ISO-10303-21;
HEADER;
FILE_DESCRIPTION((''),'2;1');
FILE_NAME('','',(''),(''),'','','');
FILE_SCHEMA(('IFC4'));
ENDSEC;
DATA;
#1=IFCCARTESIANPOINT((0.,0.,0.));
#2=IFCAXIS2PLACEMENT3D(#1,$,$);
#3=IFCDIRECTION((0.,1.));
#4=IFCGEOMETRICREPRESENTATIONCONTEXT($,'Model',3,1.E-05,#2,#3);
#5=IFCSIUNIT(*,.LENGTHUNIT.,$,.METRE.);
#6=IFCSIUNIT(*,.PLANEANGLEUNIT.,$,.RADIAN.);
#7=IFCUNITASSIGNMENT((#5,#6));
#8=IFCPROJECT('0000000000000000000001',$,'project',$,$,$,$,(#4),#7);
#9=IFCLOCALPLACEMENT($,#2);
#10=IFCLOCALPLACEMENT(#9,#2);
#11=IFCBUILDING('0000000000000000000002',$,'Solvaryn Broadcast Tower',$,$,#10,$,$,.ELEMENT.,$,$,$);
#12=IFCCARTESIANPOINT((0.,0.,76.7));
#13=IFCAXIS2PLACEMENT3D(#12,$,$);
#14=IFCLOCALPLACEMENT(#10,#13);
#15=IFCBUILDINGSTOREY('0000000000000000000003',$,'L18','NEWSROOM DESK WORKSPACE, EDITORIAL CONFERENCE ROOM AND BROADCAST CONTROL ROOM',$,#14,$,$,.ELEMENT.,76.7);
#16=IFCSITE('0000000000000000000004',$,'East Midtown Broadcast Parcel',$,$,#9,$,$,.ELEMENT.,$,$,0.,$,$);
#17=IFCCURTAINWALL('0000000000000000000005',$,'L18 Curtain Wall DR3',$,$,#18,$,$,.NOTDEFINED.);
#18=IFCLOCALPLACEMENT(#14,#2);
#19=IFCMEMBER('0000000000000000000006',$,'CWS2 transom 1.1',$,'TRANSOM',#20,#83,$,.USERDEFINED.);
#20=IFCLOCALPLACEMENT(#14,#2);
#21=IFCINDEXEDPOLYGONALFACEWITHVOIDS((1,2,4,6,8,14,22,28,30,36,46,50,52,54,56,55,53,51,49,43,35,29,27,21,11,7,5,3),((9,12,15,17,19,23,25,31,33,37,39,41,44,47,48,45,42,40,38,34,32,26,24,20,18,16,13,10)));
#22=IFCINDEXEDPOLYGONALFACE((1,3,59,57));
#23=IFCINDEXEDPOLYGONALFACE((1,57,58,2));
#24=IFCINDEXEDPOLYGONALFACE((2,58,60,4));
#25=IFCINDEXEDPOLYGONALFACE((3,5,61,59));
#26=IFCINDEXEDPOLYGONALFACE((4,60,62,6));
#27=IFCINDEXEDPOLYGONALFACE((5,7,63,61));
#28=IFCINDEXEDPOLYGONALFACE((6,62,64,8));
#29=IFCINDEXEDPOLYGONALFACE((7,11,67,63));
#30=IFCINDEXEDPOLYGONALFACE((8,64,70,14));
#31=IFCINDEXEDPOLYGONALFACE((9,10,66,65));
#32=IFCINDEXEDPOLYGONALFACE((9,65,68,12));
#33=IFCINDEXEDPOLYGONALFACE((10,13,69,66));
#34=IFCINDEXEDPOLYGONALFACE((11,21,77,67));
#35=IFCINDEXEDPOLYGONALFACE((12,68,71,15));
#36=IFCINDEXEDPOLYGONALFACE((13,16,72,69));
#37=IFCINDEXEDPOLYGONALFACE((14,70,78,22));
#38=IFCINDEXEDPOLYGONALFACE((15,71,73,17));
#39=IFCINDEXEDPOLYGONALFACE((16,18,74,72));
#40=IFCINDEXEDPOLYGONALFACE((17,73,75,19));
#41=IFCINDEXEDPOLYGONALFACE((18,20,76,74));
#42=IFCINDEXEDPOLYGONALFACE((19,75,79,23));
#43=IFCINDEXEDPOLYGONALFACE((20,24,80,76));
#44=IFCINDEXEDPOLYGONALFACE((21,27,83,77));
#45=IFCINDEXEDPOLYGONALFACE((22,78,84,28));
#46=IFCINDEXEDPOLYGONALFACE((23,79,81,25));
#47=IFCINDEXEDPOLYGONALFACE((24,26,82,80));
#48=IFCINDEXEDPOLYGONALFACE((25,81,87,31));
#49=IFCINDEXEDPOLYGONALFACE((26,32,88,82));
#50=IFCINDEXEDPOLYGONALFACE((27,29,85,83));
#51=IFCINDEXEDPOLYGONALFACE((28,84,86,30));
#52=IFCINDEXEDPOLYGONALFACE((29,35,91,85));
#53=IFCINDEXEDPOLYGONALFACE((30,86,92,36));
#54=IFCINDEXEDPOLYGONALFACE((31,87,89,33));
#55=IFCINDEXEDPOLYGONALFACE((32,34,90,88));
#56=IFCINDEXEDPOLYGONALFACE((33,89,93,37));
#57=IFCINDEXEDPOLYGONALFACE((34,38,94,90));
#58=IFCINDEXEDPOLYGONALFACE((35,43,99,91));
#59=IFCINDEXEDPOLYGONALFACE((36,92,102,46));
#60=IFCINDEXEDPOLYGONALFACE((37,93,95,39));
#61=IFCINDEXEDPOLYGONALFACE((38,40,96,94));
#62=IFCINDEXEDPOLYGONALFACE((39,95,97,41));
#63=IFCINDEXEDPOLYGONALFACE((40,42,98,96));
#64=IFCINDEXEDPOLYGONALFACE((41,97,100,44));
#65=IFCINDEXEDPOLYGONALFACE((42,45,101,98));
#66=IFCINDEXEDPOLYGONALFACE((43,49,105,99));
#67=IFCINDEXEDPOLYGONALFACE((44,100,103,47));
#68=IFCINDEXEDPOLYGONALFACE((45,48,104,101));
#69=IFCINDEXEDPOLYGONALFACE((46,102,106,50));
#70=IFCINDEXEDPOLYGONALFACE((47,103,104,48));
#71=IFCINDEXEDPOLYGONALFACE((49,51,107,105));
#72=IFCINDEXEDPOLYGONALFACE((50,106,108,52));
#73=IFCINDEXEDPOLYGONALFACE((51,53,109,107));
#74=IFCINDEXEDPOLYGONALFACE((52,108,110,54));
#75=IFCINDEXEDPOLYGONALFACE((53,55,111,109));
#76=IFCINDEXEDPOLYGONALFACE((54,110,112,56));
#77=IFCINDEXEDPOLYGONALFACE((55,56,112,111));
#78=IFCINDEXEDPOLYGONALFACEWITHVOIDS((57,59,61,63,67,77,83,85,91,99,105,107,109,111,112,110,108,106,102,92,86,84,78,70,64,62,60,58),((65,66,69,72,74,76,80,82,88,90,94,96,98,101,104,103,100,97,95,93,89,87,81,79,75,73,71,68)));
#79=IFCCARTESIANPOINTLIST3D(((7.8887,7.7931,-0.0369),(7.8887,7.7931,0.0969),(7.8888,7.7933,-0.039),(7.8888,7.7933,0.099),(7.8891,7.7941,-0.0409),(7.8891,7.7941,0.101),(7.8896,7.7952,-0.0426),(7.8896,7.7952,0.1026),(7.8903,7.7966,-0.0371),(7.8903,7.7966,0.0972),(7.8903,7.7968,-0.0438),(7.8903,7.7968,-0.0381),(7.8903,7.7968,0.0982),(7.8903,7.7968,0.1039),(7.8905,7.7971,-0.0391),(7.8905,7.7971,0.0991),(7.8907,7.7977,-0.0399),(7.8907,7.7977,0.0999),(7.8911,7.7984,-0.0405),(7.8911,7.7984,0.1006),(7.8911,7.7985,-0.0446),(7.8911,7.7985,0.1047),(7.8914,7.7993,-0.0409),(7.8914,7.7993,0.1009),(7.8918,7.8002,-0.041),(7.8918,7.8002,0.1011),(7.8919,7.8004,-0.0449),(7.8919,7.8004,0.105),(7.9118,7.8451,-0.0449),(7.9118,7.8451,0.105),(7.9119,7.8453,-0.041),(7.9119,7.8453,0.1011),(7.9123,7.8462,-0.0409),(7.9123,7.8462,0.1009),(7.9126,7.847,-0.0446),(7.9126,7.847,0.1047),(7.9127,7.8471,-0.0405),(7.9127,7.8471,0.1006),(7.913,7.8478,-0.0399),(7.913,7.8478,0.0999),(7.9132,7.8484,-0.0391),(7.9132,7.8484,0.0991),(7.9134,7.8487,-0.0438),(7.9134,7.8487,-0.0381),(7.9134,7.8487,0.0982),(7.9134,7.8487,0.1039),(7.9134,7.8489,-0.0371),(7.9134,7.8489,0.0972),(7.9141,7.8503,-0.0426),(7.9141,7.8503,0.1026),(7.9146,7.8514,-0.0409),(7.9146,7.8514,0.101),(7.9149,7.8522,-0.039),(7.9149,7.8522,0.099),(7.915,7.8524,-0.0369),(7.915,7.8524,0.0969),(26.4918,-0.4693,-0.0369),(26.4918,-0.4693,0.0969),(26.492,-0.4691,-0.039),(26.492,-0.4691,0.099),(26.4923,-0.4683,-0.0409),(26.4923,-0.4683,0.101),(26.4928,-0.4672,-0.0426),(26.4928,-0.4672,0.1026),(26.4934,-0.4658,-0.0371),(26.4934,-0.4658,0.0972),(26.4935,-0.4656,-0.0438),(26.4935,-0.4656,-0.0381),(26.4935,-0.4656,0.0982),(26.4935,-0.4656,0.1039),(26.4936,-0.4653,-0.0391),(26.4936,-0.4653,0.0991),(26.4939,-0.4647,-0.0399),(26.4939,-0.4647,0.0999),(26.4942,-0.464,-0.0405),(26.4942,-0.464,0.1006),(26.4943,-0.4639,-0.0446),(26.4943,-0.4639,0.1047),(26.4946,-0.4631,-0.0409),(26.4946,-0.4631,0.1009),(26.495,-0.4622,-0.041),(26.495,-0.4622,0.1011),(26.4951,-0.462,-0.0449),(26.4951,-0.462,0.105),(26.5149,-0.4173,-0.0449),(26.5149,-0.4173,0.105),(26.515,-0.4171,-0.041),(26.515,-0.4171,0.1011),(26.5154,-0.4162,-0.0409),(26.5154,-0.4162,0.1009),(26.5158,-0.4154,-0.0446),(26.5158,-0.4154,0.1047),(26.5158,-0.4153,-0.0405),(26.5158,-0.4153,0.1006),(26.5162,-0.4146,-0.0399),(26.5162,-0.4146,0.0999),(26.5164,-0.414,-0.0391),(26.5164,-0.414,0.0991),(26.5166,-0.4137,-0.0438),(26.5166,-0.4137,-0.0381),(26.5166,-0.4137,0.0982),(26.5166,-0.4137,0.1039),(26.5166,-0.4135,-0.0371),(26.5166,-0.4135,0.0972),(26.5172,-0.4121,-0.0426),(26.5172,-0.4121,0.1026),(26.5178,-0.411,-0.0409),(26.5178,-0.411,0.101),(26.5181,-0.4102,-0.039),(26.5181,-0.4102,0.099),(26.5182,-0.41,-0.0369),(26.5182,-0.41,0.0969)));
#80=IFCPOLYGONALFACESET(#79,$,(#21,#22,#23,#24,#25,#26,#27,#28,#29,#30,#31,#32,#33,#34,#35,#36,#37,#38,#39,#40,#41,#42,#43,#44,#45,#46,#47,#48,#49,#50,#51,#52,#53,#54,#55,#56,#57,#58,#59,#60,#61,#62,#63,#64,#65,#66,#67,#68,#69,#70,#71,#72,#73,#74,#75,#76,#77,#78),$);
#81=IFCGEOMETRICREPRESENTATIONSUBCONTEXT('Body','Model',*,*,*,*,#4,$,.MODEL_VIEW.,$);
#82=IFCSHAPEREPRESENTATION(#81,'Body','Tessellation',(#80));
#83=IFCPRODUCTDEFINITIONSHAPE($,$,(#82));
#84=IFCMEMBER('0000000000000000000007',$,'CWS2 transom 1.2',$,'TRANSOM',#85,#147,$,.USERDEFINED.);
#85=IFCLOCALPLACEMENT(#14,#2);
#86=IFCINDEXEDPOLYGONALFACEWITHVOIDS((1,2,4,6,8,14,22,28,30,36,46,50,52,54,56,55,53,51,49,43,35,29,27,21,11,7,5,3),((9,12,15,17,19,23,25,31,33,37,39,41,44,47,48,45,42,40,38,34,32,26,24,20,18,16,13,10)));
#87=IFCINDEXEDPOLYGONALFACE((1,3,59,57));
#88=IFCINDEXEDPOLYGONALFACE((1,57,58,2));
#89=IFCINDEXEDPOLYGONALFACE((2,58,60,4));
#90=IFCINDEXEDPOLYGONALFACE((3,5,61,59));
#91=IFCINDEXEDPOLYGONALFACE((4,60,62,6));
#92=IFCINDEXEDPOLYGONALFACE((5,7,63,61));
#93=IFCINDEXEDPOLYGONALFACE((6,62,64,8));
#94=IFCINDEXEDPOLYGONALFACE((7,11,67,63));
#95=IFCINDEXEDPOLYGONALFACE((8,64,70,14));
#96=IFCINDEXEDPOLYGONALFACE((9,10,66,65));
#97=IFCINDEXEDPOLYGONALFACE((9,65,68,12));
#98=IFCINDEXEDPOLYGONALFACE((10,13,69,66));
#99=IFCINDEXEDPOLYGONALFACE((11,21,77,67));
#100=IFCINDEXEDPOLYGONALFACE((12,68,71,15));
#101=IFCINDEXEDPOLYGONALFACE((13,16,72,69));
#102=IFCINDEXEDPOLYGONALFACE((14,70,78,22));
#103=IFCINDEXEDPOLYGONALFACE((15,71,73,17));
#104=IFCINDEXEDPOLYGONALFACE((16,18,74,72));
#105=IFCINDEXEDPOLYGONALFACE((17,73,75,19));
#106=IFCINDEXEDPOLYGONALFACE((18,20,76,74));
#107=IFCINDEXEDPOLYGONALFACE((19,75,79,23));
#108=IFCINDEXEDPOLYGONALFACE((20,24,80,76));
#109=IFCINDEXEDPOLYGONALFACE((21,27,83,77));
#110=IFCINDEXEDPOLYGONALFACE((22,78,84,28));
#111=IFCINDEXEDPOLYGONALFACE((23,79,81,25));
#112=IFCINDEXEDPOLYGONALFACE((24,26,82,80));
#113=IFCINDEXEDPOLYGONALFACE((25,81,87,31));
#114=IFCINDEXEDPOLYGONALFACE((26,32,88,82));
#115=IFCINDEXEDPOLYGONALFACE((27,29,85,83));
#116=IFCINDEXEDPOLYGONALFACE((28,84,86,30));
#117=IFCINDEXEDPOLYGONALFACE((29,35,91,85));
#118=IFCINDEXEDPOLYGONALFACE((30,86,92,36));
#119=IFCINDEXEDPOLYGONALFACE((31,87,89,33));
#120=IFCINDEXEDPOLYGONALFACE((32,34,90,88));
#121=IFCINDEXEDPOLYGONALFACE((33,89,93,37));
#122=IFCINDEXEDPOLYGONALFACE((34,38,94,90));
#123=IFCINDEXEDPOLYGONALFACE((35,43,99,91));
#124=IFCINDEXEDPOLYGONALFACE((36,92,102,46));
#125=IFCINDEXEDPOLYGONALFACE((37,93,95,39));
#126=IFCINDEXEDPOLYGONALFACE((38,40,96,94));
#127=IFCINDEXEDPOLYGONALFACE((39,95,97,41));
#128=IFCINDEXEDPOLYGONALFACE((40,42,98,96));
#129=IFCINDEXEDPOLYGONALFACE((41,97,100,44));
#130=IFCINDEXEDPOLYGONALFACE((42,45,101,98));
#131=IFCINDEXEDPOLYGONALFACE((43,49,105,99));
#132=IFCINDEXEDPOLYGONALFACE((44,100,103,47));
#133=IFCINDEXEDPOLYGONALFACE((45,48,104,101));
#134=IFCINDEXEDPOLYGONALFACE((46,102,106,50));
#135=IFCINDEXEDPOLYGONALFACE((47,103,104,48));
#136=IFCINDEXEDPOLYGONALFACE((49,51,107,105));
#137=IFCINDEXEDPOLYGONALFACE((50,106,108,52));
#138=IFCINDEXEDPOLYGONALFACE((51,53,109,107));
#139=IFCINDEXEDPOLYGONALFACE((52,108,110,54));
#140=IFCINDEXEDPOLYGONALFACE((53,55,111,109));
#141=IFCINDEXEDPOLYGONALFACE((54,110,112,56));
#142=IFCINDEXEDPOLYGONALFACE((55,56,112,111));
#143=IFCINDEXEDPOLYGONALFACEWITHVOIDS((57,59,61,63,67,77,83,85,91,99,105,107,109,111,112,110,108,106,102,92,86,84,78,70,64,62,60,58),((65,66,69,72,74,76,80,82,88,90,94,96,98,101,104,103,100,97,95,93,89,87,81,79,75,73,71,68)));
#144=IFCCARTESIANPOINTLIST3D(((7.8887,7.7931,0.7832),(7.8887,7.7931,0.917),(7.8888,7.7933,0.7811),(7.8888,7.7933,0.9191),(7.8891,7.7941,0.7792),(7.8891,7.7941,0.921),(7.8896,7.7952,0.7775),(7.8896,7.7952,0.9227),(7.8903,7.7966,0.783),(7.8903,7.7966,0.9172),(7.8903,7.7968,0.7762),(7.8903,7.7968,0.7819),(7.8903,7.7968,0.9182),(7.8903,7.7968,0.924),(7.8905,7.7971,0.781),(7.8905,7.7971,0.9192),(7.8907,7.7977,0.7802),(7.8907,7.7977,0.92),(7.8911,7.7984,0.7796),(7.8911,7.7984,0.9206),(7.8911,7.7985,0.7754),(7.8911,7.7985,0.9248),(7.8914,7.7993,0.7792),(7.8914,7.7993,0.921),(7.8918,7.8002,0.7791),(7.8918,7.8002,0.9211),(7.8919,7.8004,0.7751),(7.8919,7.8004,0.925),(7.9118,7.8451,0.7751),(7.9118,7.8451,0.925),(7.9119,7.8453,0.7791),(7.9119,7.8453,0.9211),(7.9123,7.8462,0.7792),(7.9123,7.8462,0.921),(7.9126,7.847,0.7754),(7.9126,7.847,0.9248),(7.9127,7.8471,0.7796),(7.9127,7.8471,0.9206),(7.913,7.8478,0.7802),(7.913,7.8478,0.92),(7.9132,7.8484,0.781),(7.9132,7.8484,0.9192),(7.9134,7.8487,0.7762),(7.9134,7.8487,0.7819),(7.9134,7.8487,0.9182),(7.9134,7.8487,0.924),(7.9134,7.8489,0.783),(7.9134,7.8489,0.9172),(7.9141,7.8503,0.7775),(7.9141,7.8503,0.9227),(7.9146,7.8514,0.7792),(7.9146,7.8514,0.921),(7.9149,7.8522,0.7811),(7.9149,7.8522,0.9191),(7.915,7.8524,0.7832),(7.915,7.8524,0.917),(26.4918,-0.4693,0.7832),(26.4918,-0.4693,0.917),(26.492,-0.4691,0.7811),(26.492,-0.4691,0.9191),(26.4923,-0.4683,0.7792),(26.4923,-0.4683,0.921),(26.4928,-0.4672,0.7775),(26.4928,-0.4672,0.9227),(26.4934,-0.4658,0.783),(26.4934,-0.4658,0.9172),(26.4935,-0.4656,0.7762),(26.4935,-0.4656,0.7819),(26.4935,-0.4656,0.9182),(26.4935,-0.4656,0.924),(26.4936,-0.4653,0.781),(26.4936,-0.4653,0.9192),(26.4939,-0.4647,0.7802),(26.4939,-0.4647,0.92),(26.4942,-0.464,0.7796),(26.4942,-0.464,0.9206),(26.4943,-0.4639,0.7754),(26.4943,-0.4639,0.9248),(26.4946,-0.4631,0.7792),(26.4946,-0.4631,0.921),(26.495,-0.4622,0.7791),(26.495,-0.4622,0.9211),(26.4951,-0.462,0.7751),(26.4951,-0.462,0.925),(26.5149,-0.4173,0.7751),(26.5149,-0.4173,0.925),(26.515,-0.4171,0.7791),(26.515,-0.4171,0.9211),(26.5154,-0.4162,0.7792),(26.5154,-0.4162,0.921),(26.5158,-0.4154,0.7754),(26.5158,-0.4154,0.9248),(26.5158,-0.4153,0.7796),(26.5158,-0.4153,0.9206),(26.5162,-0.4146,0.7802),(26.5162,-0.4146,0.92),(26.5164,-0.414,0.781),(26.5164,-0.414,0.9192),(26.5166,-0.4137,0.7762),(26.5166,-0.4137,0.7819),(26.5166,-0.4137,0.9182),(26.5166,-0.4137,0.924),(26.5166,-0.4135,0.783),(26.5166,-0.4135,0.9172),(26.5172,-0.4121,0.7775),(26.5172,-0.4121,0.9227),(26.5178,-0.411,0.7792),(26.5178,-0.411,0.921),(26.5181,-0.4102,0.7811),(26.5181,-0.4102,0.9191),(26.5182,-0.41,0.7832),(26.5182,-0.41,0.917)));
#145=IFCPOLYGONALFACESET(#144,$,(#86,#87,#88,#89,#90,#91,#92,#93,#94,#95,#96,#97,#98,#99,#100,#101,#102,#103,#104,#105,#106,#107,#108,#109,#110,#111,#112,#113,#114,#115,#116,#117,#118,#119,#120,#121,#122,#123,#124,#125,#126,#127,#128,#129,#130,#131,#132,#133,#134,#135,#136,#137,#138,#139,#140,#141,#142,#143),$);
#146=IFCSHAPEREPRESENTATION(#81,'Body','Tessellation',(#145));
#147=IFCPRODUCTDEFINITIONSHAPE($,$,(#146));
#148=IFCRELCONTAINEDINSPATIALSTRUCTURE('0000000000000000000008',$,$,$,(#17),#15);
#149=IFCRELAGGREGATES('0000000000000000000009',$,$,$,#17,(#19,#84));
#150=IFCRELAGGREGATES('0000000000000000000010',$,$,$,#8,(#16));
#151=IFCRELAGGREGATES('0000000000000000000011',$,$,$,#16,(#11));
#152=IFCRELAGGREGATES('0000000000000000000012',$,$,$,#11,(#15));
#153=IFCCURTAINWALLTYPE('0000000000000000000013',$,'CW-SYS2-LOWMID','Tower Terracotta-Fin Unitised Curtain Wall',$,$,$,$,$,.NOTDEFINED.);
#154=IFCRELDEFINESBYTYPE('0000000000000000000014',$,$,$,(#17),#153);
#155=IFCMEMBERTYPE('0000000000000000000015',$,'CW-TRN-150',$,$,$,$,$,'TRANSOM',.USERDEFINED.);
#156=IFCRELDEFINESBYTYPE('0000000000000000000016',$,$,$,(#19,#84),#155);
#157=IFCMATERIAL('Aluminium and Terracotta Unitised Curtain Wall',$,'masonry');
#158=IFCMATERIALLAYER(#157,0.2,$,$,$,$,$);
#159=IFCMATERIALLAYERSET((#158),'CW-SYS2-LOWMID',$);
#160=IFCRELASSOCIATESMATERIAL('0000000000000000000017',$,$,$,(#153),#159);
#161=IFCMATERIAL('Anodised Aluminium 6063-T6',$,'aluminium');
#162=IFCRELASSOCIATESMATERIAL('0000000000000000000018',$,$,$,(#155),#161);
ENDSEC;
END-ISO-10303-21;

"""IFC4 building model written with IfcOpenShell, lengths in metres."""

from ifc_helpers import new_model, si_unit, direction, frame, origin, origin_2d, place, context, subcontext, project, spatial, hollow_rectangle, extrude, material, layer, layer_set, material_profile, profile_set, type_object, element, aggregate, save


model = new_model("IFC4")

# Units and contexts
model_context = context("Model", 3, precision=1e-05, world=origin(), true_north=direction((0.0, 1.0)))
body_context = subcontext(model_context, "Body", "Model", "MODEL_VIEW")
ifc_project = project(units=[si_unit("LENGTHUNIT", "METRE"), si_unit("PLANEANGLEUNIT", "RADIAN")], contexts=[model_context])

# Site, building, storey
site_placement = place(None, origin())
site = spatial("IfcSite", under=ifc_project, at=site_placement, Name="East Midtown Broadcast Parcel", CompositionType="ELEMENT", RefElevation=0.0)
building_placement = place(site_placement, origin())
building = spatial("IfcBuilding", under=site, at=building_placement, Name="Solvaryn Broadcast Tower", CompositionType="ELEMENT")
storey_placement = place(building_placement, frame((0.0, 0.0, 76.7)))
storey = spatial("IfcBuildingStorey", under=building, at=storey_placement, Name="L18", Description="NEWSROOM DESK WORKSPACE, EDITORIAL CONFERENCE ROOM AND BROADCAST CONTROL ROOM", CompositionType="ELEMENT", Elevation=76.7)

# Shared definitions
ifc_material_1 = material(Name="Aluminium and Terracotta Unitised Curtain Wall", Category="masonry")
ifc_layer_1 = layer(ifc_material_1, 0.2)
ifc_layer_set_1 = layer_set([ifc_layer_1], Name="CW-SYS2-LOWMID")
curtain_wall_type = type_object("IfcCurtainWallType", Name="CW-SYS2-LOWMID", Description="Tower Terracotta-Fin Unitised Curtain Wall", PredefinedType="NOTDEFINED", material=ifc_layer_set_1)

# Curtain wall, members
curtain_wall_1_placement = place(storey_placement, origin())
curtain_wall_1 = element("IfcCurtainWall", 1, at=curtain_wall_1_placement, inside=storey, type_object=curtain_wall_type, Name="L18 Curtain Wall DR3", PredefinedType="NOTDEFINED")
ifc_material_2 = material(Name="Anodised Aluminium 6063-T6", Category="aluminium")
ifc_material_profile_1 = material_profile(ifc_material_2, hollow_rectangle(XDim=0.0649, YDim=0.1499, WallThickness=0.0039, InnerFilletRadius=0.0039, OuterFilletRadius=0.0081, at=origin_2d()))
ifc_profile_set_1 = profile_set([ifc_material_profile_1], Name="Anodised Aluminium 6063-T6")
member_type_1 = type_object("IfcMemberType", Name="CW-TRN-150", ElementType="TRANSOM", PredefinedType="USERDEFINED", material=ifc_profile_set_1)
member_1_placement = place(storey_placement, frame((7.9019, 7.8228, 0.03), z_axis=(0.913915, -0.405906, 0.0), x_axis=(0.405906, 0.913915, 0.0)))
member_1 = element("IfcMember", 2, at=member_1_placement, type_object=member_type_1, Name="CWS2 transom 1.1", ObjectType="TRANSOM", PredefinedType="USERDEFINED", context=body_context, shape_type="SweptSolid", body=[
    extrude(hollow_rectangle(XDim=0.0649, YDim=0.1499, WallThickness=0.0039, InnerFilletRadius=0.0039, OuterFilletRadius=0.0081, at=origin_2d()), origin(), (0.0, 0.0, 1.0), 20.3555),
])
member_2_placement = place(storey_placement, frame((7.9019, 7.8228, 0.8501), z_axis=(0.913915, -0.405906, 0.0), x_axis=(0.405906, 0.913915, 0.0)))
member_2 = element("IfcMember", 3, at=member_2_placement, type_object=member_type_1, Name="CWS2 transom 1.2", ObjectType="TRANSOM", PredefinedType="USERDEFINED", context=body_context, shape_type="SweptSolid", body=[
    extrude(hollow_rectangle(XDim=0.0649, YDim=0.1499, WallThickness=0.0039, InnerFilletRadius=0.0039, OuterFilletRadius=0.0081, at=origin_2d()), origin(), (0.0, 0.0, 1.0), 20.3555),
])
aggregate(curtain_wall_1, [member_1, member_2])

save(model, "model.ifc")
